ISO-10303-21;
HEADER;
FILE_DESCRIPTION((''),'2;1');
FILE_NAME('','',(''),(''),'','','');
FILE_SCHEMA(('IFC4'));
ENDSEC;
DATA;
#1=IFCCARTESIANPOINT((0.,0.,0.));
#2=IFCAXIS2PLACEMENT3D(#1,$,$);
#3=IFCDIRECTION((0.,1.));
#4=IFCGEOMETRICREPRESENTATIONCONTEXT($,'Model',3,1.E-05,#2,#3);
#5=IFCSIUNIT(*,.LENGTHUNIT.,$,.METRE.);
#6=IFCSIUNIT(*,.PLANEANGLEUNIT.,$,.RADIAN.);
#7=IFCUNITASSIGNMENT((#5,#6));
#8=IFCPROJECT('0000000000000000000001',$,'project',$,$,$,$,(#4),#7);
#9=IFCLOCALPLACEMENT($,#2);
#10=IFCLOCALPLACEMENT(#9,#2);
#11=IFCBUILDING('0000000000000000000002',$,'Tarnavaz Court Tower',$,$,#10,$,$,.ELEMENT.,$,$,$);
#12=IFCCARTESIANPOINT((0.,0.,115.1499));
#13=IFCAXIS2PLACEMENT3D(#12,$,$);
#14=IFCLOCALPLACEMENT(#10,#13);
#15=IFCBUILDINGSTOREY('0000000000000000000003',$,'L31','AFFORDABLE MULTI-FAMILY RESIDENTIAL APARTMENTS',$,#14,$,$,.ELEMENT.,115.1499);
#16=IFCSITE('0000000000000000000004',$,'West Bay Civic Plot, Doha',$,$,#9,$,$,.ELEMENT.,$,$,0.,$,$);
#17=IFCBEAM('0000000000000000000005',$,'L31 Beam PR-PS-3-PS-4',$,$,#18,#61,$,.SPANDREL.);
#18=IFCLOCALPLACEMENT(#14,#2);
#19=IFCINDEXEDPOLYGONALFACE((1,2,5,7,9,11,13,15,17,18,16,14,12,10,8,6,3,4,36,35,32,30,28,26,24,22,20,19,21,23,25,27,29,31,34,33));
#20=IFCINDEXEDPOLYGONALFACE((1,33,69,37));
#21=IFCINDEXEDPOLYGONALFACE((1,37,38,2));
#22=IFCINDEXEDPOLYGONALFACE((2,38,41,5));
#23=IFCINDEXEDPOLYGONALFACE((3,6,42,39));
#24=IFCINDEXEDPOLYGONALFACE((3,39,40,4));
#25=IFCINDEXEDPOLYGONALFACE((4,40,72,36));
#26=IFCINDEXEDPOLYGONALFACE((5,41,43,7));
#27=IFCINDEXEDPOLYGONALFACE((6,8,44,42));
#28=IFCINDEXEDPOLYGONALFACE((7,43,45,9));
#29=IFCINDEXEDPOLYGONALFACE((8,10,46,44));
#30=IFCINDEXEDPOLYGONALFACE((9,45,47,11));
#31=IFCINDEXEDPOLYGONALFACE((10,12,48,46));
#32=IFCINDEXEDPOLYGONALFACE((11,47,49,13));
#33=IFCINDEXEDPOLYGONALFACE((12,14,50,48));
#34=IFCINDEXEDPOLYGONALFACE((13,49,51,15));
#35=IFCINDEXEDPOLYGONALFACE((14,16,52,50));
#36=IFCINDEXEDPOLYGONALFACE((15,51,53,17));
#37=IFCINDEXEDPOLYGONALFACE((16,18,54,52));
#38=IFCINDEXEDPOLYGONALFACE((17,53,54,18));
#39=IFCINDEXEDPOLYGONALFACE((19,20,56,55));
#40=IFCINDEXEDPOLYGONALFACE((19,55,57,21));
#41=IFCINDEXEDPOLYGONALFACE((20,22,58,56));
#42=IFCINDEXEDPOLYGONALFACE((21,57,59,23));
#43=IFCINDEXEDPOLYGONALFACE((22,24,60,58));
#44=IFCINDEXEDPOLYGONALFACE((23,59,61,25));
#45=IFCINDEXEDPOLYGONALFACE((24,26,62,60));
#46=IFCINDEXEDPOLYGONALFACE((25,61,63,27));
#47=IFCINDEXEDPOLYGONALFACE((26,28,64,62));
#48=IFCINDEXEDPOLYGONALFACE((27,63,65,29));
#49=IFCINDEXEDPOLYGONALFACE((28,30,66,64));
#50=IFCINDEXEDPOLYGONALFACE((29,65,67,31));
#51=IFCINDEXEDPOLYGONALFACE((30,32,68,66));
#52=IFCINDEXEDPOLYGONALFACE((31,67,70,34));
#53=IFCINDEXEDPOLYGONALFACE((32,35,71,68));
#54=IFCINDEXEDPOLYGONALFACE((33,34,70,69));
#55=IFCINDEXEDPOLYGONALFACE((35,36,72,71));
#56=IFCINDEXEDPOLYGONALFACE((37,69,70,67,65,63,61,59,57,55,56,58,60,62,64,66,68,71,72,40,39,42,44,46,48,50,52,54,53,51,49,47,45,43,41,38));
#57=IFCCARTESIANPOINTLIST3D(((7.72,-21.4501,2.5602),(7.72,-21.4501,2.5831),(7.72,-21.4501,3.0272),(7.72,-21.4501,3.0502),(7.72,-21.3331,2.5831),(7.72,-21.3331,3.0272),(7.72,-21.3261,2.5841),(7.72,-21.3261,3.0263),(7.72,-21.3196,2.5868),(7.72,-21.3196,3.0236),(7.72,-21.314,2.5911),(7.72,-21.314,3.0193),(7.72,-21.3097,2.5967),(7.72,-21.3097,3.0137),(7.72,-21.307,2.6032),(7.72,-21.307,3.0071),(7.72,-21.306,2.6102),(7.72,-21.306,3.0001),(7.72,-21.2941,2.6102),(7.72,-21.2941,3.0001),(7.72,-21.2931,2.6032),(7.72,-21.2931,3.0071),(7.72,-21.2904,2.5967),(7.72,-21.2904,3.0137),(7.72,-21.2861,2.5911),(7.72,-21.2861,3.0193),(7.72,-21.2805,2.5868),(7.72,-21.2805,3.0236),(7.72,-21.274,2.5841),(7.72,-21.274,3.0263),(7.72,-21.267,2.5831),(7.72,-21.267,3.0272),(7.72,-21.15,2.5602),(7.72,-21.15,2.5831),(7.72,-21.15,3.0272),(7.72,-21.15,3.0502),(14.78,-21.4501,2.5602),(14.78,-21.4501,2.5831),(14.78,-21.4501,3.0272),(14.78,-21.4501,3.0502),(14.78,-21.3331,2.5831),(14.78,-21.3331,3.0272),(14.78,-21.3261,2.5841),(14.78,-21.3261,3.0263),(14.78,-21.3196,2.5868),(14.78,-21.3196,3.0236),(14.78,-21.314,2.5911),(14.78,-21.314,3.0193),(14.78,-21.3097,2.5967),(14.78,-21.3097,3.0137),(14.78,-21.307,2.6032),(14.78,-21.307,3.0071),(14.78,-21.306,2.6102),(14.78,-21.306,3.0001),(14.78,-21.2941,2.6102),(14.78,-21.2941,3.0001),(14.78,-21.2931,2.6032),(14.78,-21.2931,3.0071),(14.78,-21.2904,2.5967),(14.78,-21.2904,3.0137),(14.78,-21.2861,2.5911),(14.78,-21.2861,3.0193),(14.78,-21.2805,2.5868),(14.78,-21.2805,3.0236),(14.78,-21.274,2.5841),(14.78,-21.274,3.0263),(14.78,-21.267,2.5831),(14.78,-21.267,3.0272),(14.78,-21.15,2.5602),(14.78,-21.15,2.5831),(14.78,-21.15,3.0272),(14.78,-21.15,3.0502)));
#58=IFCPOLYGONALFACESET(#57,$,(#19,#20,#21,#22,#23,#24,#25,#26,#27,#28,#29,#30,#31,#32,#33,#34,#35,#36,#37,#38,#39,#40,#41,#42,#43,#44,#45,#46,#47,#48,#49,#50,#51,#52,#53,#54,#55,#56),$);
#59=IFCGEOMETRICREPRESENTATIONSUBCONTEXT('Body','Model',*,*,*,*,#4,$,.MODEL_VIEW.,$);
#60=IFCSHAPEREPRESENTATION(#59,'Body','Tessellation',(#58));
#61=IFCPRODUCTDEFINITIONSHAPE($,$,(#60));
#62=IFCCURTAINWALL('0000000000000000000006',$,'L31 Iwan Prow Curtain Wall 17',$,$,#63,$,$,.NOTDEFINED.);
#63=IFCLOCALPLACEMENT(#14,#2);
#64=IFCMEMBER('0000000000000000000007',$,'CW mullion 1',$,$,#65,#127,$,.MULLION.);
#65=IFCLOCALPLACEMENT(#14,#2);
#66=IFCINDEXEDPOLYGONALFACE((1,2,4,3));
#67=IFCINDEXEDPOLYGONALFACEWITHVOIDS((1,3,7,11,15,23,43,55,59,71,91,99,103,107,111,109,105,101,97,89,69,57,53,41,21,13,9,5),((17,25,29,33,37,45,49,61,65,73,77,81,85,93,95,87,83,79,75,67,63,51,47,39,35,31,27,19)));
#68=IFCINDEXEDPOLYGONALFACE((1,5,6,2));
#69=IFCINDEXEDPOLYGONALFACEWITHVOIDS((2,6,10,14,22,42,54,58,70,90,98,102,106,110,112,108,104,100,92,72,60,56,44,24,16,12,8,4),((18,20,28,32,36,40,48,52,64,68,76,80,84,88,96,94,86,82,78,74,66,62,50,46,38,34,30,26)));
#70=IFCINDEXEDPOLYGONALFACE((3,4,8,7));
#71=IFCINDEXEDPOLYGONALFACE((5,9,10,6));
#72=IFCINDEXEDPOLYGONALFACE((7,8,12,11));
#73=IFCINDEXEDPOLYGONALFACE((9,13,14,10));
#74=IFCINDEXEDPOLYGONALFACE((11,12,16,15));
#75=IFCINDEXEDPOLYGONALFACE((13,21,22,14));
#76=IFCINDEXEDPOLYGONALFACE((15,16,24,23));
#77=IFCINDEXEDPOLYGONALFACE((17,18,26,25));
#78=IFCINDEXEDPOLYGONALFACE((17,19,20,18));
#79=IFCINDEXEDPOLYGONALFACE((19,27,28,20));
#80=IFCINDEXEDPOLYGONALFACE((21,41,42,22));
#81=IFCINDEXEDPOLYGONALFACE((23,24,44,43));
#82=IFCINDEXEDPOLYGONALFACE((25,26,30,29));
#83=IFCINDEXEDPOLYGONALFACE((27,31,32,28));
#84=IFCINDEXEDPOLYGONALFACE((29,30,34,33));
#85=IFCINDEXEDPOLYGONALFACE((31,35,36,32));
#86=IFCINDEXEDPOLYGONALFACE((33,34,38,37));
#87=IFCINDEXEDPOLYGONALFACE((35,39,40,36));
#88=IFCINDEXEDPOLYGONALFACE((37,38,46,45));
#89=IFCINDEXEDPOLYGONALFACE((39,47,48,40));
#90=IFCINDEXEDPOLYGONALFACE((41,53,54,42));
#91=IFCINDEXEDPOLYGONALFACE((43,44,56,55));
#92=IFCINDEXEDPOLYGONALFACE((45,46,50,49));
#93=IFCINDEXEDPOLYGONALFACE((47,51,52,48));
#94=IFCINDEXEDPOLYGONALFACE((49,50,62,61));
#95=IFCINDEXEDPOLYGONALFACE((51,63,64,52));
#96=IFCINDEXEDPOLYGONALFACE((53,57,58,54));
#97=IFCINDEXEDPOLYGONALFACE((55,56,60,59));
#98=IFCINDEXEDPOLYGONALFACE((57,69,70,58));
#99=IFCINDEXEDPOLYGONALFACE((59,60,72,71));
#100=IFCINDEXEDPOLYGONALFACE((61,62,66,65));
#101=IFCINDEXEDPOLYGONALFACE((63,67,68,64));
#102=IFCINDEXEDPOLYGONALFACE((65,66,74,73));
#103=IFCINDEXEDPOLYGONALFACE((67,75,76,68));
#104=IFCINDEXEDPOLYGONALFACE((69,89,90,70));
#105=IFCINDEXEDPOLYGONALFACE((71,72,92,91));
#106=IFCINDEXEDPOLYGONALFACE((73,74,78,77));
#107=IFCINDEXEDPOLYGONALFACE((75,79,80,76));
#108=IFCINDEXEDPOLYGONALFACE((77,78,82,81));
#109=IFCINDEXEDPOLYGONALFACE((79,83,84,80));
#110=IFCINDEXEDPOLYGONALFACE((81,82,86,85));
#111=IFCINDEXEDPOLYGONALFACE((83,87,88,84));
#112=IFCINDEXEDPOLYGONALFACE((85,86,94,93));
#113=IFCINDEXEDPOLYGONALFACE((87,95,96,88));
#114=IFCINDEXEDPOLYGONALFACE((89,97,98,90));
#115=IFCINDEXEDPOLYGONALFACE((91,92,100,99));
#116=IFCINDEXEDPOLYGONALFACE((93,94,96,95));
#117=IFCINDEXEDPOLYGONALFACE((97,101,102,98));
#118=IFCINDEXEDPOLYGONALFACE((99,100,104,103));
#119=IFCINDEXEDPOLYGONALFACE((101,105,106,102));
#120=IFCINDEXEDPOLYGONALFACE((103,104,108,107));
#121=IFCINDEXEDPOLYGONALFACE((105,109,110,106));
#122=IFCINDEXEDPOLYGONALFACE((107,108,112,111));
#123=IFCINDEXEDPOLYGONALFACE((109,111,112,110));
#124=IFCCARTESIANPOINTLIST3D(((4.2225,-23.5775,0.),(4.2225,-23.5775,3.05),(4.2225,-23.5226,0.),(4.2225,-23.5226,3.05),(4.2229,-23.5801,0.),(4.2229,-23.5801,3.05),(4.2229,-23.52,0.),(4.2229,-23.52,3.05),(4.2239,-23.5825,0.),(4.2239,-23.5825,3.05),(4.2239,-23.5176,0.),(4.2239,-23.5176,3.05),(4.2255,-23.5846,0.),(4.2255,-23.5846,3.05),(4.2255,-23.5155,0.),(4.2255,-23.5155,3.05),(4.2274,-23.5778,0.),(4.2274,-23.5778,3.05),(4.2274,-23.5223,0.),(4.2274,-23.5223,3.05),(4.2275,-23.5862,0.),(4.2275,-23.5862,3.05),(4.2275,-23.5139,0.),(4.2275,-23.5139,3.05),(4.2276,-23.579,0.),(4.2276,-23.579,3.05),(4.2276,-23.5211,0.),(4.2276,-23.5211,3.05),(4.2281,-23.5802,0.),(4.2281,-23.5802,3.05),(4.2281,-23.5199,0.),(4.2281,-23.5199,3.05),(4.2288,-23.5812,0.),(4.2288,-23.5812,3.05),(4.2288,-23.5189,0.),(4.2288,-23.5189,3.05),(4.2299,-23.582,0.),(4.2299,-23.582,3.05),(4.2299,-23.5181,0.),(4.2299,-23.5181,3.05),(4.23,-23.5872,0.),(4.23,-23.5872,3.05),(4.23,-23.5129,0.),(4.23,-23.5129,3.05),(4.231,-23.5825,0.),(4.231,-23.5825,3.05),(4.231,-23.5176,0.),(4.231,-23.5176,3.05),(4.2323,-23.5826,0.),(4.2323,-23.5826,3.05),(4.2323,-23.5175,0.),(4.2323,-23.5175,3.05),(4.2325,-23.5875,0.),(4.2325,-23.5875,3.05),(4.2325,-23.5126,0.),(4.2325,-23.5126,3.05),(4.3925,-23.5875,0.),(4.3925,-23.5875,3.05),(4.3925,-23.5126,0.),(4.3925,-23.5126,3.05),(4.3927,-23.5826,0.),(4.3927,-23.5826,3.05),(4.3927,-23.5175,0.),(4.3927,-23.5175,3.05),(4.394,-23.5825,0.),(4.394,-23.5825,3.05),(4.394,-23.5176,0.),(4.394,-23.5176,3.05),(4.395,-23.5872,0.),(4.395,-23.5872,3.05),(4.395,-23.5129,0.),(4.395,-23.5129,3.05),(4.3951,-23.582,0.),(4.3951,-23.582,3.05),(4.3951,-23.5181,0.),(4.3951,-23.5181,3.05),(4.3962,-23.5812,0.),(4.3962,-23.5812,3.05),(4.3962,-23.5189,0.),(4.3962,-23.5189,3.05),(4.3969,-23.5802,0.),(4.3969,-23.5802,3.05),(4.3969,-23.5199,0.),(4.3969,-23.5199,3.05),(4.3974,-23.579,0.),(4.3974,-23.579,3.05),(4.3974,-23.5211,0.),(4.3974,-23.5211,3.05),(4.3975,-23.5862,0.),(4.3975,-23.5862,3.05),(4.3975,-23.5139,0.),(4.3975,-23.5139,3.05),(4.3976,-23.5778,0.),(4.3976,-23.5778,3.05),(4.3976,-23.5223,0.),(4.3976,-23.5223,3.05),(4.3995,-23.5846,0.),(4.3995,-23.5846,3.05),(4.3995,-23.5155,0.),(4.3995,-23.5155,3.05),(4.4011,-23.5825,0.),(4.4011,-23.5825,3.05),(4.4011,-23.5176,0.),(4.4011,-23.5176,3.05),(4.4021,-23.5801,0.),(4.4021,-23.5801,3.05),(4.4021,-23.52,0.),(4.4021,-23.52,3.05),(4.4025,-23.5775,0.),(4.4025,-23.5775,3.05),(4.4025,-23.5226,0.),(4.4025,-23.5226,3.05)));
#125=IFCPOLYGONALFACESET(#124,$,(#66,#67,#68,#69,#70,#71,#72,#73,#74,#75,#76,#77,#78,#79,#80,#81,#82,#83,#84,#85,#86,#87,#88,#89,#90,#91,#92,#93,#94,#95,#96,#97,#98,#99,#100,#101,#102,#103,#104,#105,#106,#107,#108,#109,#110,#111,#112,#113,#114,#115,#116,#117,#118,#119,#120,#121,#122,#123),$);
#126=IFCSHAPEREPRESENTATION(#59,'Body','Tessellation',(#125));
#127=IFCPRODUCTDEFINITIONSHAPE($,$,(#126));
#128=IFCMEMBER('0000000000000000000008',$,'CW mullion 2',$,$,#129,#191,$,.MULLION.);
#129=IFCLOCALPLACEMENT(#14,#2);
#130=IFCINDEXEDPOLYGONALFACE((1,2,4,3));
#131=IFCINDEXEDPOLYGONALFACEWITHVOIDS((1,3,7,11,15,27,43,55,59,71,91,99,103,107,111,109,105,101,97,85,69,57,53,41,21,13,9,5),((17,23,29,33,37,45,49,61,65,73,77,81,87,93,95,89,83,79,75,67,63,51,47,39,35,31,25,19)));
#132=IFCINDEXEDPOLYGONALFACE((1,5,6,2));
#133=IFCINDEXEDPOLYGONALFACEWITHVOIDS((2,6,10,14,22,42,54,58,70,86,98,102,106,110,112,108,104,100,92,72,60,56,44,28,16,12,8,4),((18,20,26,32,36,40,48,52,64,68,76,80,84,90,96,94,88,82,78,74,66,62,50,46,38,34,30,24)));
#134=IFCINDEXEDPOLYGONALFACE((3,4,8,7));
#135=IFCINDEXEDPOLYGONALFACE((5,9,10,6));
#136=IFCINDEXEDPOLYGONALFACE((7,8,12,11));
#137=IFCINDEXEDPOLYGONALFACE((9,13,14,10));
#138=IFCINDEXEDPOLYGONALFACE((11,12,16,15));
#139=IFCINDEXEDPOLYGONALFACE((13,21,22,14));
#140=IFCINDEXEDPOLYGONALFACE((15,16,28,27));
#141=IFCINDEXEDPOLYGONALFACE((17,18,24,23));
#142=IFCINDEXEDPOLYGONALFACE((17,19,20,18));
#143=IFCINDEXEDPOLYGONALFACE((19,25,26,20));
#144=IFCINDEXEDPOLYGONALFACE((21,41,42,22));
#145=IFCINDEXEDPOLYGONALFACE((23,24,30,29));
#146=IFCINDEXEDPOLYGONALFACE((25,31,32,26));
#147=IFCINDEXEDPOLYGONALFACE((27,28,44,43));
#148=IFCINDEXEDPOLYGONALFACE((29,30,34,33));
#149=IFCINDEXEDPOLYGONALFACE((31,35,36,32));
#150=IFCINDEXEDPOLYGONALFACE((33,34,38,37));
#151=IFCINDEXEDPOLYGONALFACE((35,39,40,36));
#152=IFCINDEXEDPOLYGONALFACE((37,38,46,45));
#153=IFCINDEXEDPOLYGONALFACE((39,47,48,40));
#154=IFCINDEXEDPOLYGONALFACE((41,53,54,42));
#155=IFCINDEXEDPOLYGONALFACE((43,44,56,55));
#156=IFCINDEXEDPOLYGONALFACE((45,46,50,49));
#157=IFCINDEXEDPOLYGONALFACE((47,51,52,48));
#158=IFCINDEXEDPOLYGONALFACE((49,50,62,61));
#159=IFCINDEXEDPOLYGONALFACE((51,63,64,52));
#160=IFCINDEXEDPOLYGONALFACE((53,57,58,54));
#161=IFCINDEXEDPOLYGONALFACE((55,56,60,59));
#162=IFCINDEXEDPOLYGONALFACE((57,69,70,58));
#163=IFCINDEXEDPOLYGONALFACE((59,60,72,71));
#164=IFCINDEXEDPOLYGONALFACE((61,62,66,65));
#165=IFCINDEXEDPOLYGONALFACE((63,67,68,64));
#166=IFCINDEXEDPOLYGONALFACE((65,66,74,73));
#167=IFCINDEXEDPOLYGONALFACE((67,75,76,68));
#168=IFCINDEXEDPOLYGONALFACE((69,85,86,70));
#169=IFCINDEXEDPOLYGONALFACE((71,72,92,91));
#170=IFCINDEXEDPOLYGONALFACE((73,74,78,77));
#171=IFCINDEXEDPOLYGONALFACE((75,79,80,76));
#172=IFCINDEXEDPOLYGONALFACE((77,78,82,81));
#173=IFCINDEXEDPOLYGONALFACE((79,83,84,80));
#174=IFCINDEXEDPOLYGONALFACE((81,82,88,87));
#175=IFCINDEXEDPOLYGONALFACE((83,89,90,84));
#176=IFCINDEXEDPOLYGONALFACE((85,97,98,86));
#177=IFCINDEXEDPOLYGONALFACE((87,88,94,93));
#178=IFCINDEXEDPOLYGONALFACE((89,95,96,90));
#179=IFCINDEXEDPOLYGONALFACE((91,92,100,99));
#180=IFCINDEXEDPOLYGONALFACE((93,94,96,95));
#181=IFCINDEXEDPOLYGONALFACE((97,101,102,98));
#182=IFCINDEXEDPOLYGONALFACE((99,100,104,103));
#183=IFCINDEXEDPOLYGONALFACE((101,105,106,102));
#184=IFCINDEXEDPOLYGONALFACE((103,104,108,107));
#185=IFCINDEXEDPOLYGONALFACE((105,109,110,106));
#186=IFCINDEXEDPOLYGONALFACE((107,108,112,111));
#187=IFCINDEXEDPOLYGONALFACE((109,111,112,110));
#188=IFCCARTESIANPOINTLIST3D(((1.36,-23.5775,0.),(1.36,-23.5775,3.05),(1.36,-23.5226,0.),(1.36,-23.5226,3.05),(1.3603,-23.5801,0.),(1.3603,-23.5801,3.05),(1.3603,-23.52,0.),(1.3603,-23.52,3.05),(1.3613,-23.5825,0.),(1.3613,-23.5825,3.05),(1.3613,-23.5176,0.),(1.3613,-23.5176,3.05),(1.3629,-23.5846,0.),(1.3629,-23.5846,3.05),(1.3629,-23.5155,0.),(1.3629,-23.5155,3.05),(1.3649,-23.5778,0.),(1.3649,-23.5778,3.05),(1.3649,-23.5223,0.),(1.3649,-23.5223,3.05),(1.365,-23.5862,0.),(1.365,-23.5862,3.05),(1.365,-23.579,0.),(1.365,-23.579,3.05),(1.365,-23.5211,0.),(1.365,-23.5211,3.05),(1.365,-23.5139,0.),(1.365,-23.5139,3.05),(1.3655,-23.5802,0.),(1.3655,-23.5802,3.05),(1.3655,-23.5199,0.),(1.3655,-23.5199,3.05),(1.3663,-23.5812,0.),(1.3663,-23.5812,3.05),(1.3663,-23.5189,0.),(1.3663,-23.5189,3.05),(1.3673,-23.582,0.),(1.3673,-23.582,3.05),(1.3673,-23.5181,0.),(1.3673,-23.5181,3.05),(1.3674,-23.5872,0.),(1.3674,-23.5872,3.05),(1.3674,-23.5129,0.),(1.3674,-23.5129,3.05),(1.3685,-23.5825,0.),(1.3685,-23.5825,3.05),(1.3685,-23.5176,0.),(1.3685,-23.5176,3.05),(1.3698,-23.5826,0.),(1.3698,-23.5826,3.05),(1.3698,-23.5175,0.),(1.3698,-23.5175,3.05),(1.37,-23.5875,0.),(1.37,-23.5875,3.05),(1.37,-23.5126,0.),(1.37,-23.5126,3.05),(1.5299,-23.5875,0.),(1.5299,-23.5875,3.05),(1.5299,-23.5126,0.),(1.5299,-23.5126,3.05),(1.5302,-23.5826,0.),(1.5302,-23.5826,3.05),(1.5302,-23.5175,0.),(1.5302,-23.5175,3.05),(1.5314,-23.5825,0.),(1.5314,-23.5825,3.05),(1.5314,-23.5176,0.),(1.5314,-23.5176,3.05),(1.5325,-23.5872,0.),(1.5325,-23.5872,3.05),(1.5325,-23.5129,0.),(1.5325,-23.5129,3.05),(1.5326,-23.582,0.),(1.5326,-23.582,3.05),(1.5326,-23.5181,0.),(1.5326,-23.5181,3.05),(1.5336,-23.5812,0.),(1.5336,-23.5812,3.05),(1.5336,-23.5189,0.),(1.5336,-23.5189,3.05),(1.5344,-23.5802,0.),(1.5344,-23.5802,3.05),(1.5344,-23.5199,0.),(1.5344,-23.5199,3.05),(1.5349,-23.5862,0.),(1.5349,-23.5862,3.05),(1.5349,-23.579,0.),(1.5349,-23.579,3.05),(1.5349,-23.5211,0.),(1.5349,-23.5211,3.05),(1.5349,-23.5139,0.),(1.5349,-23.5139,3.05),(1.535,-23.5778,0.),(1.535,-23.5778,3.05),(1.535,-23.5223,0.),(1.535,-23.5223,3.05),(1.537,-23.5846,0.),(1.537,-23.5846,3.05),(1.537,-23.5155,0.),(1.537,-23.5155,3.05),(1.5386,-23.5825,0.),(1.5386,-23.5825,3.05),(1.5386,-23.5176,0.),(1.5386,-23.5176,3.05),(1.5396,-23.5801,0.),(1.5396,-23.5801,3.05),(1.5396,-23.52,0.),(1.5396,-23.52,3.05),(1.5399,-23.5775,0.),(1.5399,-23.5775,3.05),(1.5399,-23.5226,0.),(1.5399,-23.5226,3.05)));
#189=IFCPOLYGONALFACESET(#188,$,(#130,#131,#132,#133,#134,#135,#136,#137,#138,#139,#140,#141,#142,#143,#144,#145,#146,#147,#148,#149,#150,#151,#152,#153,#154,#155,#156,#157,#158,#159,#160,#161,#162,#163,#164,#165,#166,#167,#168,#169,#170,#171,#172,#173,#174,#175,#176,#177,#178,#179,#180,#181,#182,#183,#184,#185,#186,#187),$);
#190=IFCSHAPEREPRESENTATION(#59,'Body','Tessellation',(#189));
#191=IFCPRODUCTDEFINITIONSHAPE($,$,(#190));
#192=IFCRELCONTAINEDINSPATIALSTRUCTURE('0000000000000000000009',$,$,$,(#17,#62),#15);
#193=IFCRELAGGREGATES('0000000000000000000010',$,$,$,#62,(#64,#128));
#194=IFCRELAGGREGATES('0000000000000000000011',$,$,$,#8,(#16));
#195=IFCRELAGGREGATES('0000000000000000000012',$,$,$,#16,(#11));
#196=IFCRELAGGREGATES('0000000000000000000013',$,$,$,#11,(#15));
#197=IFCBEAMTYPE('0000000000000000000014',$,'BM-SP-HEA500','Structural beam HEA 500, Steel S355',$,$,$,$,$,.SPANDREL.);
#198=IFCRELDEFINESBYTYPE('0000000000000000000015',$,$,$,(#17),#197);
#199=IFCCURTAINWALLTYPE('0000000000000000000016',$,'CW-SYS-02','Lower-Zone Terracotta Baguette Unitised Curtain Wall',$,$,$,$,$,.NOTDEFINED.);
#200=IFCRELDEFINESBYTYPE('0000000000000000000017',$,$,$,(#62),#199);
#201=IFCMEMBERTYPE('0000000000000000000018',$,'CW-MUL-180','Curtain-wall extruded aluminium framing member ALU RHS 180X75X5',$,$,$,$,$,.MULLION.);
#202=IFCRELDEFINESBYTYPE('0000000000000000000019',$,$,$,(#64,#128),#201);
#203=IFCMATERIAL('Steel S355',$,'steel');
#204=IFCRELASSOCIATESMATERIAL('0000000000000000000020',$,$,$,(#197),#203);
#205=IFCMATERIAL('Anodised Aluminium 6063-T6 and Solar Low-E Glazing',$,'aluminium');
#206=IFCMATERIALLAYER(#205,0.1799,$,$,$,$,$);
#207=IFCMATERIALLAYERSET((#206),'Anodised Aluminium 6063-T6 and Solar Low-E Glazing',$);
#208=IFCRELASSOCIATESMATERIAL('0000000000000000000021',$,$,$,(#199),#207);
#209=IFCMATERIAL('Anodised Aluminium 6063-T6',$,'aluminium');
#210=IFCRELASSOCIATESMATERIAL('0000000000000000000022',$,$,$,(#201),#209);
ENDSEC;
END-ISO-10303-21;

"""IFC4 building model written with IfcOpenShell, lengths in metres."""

from ifc_helpers import new_model, si_unit, direction, frame, origin, origin_2d, place, context, subcontext, project, spatial, hollow_rectangle, i_section, extrude, material, layer, layer_set, material_profile, profile_set, type_object, element, aggregate, save


model = new_model("IFC4")

# Units and contexts
model_context = context("Model", 3, precision=1e-05, world=origin(), true_north=direction((0.0, 1.0)))
body_context = subcontext(model_context, "Body", "Model", "MODEL_VIEW")
ifc_project = project(units=[si_unit("LENGTHUNIT", "METRE"), si_unit("PLANEANGLEUNIT", "RADIAN")], contexts=[model_context])

# Site, building, storey
site_placement = place(None, origin())
site = spatial("IfcSite", under=ifc_project, at=site_placement, Name="West Bay Civic Plot, Doha", CompositionType="ELEMENT", RefElevation=0.0)
building_placement = place(site_placement, origin())
building = spatial("IfcBuilding", under=site, at=building_placement, Name="Tarnavaz Court Tower", CompositionType="ELEMENT")
storey_placement = place(building_placement, frame((0.0, 0.0, 115.1499)))
storey = spatial("IfcBuildingStorey", under=building, at=storey_placement, Name="L31", Description="AFFORDABLE MULTI-FAMILY RESIDENTIAL APARTMENTS", CompositionType="ELEMENT", Elevation=115.1499)

# Beam
ifc_material_1 = material(Name="Steel S355", Category="steel")
ifc_material_profile_1 = material_profile(ifc_material_1, i_section(OverallWidth=0.3, OverallDepth=0.49, WebThickness=0.012, FlangeThickness=0.0229, FilletRadius=0.0271, at=origin_2d()), Name="HEA 500")
ifc_profile_set_1 = profile_set([ifc_material_profile_1], Name="Steel S355")
beam_type_1 = type_object("IfcBeamType", Name="BM-SP-HEA500", Description="Structural beam HEA 500, Steel S355", PredefinedType="SPANDREL", material=ifc_profile_set_1)
beam_placement = place(storey_placement, frame((7.72, -21.3, 2.8052), z_axis=(1.0, 0.0, 0.0), x_axis=(0.0, 1.0, 0.0)))
element("IfcBeam", 1, at=beam_placement, inside=storey, type_object=beam_type_1, Name="L31 Beam PR-PS-3-PS-4", PredefinedType="SPANDREL", context=body_context, shape_type="SweptSolid", body=[
    extrude(i_section(OverallWidth=0.3, OverallDepth=0.49, WebThickness=0.012, FlangeThickness=0.0229, FilletRadius=0.0271, at=origin_2d()), origin(), (0.0, 0.0, 1.0), 7.0601),
])

# Curtain wall, members
ifc_material_2 = material(Name="Anodised Aluminium 6063-T6 and Solar Low-E Glazing", Category="aluminium")
ifc_layer_1 = layer(ifc_material_2, 0.1799)
ifc_layer_set_1 = layer_set([ifc_layer_1], Name="Anodised Aluminium 6063-T6 and Solar Low-E Glazing")
curtain_wall_type = type_object("IfcCurtainWallType", Name="CW-SYS-02", Description="Lower-Zone Terracotta Baguette Unitised Curtain Wall", PredefinedType="NOTDEFINED", material=ifc_layer_set_1)
curtain_wall_placement = place(storey_placement, origin())
curtain_wall = element("IfcCurtainWall", 2, at=curtain_wall_placement, inside=storey, type_object=curtain_wall_type, Name="L31 Iwan Prow Curtain Wall 17", PredefinedType="NOTDEFINED")
ifc_material_3 = material(Name="Anodised Aluminium 6063-T6", Category="aluminium")
ifc_material_profile_2 = material_profile(ifc_material_3, hollow_rectangle(XDim=0.075, YDim=0.1799, WallThickness=0.0049, InnerFilletRadius=0.0049, OuterFilletRadius=0.01, at=origin_2d()), Name="ALU RHS 180X75X5")
ifc_profile_set_2 = profile_set([ifc_material_profile_2], Name="Anodised Aluminium 6063-T6")
member_type_1 = type_object("IfcMemberType", Name="CW-MUL-180", Description="Curtain-wall extruded aluminium framing member ALU RHS 180X75X5", PredefinedType="MULLION", material=ifc_profile_set_2)
member_1_placement = place(storey_placement, frame((4.3125, -23.55, 0.0), z_axis=(0.0, 0.0, 1.0), x_axis=(0.0, -1.0, 0.0)))
member_1 = element("IfcMember", 3, at=member_1_placement, type_object=member_type_1, Name="CW mullion 1", PredefinedType="MULLION", context=body_context, shape_type="SweptSolid", body=[
    extrude(hollow_rectangle(XDim=0.075, YDim=0.1799, WallThickness=0.0049, InnerFilletRadius=0.0049, OuterFilletRadius=0.01, at=origin_2d()), origin(), (0.0, 0.0, 1.0), 3.05),
])
member_2_placement = place(storey_placement, frame((1.45, -23.55, 0.0), z_axis=(0.0, 0.0, 1.0), x_axis=(0.0, -1.0, 0.0)))
member_2 = element("IfcMember", 4, at=member_2_placement, type_object=member_type_1, Name="CW mullion 2", PredefinedType="MULLION", context=body_context, shape_type="SweptSolid", body=[
    extrude(hollow_rectangle(XDim=0.075, YDim=0.1799, WallThickness=0.0049, InnerFilletRadius=0.0049, OuterFilletRadius=0.01, at=origin_2d()), origin(), (0.0, 0.0, 1.0), 3.05),
])
aggregate(curtain_wall, [member_1, member_2])

save(model, "model.ifc")
